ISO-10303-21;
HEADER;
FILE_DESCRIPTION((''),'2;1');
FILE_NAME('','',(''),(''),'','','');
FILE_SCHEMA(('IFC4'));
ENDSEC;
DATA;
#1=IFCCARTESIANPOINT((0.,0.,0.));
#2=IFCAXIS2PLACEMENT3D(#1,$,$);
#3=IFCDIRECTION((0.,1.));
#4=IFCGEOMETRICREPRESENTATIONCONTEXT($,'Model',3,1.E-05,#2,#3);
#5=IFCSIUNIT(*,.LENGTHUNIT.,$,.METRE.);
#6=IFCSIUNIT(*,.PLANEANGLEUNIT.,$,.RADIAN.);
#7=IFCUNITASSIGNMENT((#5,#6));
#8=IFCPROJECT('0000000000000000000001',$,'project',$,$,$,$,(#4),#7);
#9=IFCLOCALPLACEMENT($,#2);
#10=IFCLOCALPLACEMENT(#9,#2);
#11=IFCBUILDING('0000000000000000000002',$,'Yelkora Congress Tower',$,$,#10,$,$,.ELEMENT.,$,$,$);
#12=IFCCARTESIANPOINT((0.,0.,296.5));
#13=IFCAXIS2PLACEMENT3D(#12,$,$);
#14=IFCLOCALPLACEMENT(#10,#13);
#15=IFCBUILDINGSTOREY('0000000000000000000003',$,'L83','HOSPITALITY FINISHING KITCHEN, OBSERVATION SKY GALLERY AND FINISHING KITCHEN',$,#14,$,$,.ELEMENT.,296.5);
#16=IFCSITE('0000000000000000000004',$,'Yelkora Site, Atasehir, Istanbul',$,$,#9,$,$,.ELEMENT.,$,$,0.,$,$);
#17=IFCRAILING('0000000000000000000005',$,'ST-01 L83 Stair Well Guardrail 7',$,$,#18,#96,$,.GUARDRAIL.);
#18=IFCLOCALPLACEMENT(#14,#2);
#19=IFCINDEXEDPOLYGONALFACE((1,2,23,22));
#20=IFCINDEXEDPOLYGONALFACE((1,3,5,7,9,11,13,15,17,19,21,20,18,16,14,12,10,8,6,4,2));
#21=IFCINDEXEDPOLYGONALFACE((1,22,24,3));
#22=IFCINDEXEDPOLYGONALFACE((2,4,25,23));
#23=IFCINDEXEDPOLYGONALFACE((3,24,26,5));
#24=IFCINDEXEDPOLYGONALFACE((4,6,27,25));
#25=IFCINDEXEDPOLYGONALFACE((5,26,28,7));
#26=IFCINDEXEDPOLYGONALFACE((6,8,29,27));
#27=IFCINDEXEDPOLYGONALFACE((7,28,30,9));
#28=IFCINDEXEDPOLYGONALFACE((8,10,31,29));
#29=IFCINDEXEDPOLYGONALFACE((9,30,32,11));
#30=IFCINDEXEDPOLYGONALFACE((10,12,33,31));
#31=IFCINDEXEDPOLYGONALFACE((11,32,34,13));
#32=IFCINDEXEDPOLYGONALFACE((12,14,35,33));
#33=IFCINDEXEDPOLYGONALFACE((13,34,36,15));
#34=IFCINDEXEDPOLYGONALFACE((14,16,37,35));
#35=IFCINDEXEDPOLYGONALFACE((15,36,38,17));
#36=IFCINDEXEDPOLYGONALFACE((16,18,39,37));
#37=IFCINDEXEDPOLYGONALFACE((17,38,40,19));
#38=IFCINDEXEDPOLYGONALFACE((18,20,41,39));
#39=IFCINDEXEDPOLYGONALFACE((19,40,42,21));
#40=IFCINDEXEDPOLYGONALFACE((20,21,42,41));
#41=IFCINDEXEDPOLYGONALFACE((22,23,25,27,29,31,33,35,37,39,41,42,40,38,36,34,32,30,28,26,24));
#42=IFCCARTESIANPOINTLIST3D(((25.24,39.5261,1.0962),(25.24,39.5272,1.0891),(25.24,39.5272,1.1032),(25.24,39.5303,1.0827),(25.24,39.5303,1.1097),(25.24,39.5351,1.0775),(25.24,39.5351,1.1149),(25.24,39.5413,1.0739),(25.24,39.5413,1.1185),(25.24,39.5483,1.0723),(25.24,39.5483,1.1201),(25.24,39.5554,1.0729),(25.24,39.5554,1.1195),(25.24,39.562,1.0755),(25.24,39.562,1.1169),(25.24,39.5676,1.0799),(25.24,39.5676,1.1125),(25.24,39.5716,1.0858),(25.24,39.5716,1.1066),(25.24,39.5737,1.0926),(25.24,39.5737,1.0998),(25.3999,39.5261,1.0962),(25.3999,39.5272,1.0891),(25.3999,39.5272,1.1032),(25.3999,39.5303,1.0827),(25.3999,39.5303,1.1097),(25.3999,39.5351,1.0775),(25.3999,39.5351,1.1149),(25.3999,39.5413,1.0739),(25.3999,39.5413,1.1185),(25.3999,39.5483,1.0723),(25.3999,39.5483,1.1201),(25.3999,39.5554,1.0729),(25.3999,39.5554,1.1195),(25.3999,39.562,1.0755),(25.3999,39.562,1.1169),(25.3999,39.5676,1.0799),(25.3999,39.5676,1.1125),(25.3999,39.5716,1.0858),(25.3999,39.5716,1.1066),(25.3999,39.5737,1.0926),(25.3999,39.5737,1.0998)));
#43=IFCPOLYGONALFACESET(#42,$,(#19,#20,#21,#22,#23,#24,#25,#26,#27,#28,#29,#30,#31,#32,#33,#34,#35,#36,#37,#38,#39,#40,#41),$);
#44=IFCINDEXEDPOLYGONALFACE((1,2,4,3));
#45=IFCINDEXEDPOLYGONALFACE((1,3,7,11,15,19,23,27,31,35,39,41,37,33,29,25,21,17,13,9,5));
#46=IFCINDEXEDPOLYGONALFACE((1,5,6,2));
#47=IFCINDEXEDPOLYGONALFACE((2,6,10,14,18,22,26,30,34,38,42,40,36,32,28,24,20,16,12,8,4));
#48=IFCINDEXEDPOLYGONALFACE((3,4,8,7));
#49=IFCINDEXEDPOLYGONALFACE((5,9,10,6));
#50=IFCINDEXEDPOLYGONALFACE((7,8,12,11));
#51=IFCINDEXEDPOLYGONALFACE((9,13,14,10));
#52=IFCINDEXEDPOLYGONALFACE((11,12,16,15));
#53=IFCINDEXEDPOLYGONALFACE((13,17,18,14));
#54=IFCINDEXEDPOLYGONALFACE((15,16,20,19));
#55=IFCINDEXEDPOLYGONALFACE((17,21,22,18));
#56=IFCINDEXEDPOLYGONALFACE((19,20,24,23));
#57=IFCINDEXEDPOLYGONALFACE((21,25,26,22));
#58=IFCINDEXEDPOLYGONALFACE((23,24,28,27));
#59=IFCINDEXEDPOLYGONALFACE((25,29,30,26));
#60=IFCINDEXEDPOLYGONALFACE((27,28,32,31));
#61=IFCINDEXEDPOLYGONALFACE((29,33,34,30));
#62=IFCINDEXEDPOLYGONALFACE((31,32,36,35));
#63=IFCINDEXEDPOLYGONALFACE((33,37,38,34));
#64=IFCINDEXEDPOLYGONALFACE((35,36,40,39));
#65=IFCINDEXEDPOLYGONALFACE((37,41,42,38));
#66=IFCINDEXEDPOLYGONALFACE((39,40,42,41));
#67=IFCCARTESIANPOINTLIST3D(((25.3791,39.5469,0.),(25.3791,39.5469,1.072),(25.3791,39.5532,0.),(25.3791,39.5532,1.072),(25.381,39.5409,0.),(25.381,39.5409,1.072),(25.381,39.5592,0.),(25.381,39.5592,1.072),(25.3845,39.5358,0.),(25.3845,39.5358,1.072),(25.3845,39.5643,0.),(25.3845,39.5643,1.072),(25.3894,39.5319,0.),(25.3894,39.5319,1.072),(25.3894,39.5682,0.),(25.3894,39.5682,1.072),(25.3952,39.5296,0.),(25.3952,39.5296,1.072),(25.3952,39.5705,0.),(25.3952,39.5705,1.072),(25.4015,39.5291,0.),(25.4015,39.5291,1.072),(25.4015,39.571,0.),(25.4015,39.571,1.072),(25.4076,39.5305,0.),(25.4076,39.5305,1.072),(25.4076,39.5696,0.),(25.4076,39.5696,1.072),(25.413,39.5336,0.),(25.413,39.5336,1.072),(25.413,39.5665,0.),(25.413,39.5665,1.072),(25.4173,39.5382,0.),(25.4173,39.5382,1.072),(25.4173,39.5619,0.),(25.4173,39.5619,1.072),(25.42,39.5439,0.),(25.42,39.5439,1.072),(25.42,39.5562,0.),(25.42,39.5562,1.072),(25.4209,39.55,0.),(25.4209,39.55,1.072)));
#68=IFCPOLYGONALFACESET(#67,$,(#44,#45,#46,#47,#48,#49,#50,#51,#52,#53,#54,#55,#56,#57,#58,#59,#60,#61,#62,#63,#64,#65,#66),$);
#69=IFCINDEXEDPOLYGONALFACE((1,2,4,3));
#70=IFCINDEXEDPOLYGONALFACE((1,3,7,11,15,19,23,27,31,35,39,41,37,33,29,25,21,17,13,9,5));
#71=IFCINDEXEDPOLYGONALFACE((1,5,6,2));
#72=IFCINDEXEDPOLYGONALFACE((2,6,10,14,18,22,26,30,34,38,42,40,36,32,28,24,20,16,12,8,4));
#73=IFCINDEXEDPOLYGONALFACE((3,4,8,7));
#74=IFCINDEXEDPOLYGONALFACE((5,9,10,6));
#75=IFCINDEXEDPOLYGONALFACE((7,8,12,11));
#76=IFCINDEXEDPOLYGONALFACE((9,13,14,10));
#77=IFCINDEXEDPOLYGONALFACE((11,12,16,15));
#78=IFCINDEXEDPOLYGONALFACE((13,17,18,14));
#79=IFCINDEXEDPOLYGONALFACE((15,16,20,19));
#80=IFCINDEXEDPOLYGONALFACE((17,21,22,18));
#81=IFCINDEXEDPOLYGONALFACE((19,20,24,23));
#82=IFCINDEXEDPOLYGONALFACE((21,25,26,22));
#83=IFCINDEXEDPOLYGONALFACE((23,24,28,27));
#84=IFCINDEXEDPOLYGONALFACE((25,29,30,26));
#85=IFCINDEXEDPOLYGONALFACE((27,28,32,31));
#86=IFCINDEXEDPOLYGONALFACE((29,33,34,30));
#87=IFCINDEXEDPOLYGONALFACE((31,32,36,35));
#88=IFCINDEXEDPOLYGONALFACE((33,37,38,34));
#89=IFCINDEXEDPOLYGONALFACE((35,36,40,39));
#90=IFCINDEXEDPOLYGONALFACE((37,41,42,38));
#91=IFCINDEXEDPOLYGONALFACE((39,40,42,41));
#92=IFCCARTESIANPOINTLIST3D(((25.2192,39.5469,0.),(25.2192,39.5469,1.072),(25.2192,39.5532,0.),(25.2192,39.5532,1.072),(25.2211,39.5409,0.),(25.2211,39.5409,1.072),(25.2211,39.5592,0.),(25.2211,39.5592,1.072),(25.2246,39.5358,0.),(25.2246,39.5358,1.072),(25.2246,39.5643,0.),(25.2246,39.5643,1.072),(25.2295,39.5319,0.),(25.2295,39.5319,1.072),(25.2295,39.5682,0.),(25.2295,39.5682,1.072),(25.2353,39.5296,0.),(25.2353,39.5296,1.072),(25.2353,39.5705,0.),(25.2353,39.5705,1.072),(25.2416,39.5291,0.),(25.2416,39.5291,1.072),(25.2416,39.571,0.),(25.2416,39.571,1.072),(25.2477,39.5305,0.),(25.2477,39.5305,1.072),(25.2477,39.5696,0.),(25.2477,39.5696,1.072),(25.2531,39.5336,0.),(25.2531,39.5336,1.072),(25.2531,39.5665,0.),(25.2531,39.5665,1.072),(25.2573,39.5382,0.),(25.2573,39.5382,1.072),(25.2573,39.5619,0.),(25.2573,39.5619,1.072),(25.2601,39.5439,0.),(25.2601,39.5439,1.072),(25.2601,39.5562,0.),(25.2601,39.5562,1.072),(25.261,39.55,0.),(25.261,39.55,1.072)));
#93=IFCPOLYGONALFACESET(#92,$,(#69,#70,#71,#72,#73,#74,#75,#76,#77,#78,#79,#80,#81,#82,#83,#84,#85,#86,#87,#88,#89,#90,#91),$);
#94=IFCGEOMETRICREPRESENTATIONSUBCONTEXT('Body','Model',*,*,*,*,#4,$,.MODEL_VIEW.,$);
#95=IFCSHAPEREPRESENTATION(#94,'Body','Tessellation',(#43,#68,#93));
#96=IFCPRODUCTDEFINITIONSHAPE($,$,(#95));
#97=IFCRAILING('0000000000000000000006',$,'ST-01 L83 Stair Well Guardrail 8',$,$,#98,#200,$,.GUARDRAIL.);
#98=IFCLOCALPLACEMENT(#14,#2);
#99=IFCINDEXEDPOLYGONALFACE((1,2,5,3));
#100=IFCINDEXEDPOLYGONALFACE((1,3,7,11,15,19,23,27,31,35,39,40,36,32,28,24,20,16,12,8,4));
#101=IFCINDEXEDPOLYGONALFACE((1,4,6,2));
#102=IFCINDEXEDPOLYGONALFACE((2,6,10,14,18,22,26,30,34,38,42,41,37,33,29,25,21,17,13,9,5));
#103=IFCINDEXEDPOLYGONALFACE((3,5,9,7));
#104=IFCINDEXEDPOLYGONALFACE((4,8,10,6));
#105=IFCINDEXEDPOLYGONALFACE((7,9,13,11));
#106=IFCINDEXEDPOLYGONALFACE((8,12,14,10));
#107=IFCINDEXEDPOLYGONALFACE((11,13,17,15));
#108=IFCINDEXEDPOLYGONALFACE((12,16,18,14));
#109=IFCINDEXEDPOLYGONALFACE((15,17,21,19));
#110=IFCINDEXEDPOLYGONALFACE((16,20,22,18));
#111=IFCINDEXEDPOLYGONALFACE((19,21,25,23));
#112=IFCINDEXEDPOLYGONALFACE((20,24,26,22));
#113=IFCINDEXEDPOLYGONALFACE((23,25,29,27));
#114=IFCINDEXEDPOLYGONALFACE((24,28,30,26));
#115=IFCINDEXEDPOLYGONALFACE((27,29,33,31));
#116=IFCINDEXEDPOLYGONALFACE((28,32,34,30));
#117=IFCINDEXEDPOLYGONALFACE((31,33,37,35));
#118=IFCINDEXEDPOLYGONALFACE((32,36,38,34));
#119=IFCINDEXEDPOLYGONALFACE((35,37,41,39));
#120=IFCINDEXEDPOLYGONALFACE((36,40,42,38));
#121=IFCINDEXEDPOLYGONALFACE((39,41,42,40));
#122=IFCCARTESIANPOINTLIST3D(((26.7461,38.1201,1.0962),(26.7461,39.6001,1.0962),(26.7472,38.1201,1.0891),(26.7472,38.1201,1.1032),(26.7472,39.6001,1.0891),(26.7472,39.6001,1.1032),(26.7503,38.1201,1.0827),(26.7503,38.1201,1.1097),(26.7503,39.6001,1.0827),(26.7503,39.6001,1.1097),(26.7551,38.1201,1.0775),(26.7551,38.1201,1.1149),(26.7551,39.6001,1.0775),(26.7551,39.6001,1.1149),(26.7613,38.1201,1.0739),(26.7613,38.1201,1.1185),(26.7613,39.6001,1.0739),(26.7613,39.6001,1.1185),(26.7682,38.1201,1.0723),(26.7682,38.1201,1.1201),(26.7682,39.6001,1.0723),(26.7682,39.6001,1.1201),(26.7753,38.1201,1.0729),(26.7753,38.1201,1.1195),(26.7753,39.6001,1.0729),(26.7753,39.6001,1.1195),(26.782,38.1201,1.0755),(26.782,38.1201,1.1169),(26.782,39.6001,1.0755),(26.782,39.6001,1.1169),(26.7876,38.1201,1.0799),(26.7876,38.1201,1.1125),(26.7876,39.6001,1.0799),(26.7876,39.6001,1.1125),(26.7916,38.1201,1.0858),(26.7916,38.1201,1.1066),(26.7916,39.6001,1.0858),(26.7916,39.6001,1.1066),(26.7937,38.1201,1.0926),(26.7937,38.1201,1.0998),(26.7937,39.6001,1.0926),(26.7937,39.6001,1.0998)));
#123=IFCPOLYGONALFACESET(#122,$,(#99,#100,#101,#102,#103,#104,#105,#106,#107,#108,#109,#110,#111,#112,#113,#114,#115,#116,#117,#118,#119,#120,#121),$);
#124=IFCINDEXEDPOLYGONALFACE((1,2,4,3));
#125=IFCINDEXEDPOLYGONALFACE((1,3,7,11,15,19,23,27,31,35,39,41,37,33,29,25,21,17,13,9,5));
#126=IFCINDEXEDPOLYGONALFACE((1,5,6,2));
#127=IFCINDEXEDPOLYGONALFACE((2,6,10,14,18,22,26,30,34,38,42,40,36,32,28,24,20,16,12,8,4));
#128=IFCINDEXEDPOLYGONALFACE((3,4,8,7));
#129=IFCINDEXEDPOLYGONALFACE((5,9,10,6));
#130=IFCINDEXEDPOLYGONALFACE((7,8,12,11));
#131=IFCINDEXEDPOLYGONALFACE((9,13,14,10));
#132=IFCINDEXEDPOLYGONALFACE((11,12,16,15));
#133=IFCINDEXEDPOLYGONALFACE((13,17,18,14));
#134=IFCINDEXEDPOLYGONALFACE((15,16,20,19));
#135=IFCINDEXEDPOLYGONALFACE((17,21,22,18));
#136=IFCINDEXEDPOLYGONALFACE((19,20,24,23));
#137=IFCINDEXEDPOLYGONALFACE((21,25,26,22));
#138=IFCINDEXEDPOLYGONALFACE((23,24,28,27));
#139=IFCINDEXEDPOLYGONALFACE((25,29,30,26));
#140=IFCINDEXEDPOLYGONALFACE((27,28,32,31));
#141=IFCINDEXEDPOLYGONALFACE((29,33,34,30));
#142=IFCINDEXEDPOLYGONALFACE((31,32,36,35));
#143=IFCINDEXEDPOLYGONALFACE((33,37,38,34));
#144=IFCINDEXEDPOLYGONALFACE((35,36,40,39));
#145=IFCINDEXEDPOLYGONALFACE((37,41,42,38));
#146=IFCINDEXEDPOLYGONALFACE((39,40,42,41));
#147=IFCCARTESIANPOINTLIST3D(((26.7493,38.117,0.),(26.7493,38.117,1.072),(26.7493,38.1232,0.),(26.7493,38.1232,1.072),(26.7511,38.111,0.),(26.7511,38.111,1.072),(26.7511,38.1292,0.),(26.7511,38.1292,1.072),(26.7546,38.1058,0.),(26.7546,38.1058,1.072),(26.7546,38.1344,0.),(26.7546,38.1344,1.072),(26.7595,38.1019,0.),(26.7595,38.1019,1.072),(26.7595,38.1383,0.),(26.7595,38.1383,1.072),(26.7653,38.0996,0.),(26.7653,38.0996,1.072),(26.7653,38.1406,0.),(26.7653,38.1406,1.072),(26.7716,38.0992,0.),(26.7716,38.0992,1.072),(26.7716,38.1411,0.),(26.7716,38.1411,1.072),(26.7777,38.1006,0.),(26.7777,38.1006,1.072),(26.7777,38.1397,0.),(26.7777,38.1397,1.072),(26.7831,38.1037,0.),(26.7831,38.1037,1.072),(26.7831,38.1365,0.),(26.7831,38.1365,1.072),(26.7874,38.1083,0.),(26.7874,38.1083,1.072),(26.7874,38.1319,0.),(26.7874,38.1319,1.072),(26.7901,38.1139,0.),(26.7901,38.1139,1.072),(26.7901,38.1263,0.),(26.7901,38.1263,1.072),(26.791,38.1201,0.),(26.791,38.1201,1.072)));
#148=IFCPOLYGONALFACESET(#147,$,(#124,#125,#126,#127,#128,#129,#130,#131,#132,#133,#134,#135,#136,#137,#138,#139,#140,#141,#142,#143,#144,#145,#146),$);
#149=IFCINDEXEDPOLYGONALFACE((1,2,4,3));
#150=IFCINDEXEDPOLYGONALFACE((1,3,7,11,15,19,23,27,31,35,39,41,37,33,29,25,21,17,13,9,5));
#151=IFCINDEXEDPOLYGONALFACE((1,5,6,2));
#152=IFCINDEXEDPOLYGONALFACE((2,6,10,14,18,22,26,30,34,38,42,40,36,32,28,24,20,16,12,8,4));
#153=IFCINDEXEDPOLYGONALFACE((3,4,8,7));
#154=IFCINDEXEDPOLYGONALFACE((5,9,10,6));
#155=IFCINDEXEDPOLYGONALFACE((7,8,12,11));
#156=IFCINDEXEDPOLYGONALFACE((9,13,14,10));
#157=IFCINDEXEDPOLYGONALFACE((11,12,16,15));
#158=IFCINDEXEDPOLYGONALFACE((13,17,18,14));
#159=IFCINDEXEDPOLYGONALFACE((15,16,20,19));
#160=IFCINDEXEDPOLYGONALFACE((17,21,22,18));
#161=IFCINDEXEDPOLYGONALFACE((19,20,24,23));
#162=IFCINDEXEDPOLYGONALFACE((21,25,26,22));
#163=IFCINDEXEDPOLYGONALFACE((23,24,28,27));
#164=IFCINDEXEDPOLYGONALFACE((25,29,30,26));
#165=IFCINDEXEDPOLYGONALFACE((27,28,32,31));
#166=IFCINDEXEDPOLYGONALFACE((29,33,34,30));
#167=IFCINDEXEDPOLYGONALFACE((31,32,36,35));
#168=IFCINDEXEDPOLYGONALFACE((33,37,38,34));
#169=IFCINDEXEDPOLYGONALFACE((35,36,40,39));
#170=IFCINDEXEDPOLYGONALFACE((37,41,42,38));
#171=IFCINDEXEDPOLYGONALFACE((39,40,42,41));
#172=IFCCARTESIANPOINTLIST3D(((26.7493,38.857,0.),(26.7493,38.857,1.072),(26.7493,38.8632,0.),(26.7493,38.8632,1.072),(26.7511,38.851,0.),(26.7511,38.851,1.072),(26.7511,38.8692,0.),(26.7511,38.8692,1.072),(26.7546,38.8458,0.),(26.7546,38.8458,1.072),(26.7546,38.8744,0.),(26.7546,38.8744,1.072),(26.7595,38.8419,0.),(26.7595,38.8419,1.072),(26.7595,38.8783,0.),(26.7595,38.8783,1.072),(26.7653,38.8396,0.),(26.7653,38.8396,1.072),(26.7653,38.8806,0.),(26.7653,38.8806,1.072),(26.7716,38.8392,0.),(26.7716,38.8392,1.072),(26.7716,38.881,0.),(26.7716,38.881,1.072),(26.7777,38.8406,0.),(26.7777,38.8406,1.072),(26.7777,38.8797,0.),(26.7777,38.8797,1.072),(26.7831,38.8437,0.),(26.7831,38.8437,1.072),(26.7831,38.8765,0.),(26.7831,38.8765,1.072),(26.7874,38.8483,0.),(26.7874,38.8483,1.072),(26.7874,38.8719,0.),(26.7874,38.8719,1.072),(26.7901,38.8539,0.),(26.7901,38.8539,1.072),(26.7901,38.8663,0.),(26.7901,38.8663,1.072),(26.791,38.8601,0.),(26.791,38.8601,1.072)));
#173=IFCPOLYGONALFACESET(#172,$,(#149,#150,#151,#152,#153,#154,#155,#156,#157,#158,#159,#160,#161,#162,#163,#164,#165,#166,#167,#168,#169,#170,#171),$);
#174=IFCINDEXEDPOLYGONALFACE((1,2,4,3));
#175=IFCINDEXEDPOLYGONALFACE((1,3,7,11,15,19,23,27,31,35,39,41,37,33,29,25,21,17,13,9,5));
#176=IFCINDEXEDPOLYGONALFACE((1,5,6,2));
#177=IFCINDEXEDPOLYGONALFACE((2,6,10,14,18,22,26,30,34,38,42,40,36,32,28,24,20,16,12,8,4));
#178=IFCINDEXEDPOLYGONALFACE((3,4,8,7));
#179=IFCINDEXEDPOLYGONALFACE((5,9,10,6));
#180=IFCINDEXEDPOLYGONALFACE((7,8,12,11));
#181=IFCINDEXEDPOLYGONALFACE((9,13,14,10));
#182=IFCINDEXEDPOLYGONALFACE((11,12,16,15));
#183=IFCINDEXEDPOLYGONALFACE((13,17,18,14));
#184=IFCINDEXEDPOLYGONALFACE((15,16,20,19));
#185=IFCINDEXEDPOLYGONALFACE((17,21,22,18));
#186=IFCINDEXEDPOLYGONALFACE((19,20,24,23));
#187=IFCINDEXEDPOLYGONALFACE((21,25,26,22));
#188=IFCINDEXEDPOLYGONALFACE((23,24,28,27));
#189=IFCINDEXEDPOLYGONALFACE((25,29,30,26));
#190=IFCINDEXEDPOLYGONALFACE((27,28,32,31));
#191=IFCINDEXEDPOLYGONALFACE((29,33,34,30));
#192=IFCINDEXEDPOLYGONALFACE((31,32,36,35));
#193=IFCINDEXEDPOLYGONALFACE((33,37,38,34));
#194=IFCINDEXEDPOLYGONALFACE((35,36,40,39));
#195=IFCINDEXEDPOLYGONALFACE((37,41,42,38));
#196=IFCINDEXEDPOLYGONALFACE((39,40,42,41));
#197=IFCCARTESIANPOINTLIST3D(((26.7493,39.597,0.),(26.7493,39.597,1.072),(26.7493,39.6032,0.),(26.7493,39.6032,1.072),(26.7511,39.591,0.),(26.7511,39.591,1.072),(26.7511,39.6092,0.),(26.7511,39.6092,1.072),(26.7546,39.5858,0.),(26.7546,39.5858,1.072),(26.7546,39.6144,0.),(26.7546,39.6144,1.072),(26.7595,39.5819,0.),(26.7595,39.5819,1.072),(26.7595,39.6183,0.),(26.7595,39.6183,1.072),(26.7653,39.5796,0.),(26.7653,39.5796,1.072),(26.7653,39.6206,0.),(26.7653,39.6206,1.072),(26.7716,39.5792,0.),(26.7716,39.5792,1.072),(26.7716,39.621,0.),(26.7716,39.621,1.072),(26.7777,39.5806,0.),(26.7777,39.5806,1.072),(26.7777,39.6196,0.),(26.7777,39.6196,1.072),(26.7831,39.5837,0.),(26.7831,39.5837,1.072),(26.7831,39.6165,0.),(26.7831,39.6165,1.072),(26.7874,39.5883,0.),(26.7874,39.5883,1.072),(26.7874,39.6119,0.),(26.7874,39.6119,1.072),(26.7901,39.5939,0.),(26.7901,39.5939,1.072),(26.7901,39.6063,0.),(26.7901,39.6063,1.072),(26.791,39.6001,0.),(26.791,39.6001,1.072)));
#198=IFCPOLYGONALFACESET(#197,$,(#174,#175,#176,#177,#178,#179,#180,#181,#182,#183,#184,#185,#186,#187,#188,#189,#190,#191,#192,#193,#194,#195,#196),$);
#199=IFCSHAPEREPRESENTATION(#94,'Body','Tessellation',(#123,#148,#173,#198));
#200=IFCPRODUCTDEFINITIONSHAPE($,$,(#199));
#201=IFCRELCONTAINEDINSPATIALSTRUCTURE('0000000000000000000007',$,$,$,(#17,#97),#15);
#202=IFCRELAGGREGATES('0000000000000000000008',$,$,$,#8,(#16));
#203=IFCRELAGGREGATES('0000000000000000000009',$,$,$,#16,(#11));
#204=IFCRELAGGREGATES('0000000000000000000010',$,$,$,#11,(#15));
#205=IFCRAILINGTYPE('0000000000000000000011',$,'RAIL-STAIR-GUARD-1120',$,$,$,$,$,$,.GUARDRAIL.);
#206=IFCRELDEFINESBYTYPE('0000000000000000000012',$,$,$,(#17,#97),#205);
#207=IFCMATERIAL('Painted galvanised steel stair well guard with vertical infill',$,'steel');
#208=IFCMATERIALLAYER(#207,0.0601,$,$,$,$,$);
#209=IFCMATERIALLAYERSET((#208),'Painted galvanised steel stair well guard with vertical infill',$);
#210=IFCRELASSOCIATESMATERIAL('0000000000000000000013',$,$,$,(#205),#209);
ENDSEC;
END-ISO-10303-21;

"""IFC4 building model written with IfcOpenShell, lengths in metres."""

from ifc_helpers import new_model, si_unit, direction, frame, origin, origin_2d, place, context, subcontext, project, spatial, circle, extrude, material, layer, layer_set, type_object, element, save


model = new_model("IFC4")

# Units and contexts
model_context = context("Model", 3, precision=1e-05, world=origin(), true_north=direction((0.0, 1.0)))
body_context = subcontext(model_context, "Body", "Model", "MODEL_VIEW")
ifc_project = project(units=[si_unit("LENGTHUNIT", "METRE"), si_unit("PLANEANGLEUNIT", "RADIAN")], contexts=[model_context])

# Site, building, storey
site_placement = place(None, origin())
site = spatial("IfcSite", under=ifc_project, at=site_placement, Name="Yelkora Site, Atasehir, Istanbul", CompositionType="ELEMENT", RefElevation=0.0)
building_placement = place(site_placement, origin())
building = spatial("IfcBuilding", under=site, at=building_placement, Name="Yelkora Congress Tower", CompositionType="ELEMENT")
storey_placement = place(building_placement, frame((0.0, 0.0, 296.5)))
storey = spatial("IfcBuildingStorey", under=building, at=storey_placement, Name="L83", Description="HOSPITALITY FINISHING KITCHEN, OBSERVATION SKY GALLERY AND FINISHING KITCHEN", CompositionType="ELEMENT", Elevation=296.5)

# Railings
ifc_material_1 = material(Name="Painted galvanised steel stair well guard with vertical infill", Category="steel")
ifc_layer_1 = layer(ifc_material_1, 0.0601)
ifc_layer_set_1 = layer_set([ifc_layer_1], Name="Painted galvanised steel stair well guard with vertical infill")
railing_type_1 = type_object("IfcRailingType", Name="RAIL-STAIR-GUARD-1120", PredefinedType="GUARDRAIL", material=ifc_layer_set_1)
railing_1_placement = place(storey_placement, frame((25.3999, 39.55, 0.0)))
element("IfcRailing", 1, at=railing_1_placement, inside=storey, type_object=railing_type_1, Name="ST-01 L83 Stair Well Guardrail 7", PredefinedType="GUARDRAIL", context=body_context, shape_type="SweptSolid", body=[
    extrude(circle(Radius=0.0239, at=origin_2d()), frame((0.0, 0.0, 1.0962), z_axis=(-1.0, 0.0, 0.0), x_axis=(0.0, -1.0, 0.0)), (0.0, 0.0, 1.0), 0.1599),
    extrude(circle(Radius=0.021, at=origin_2d()), origin(), (0.0, 0.0, 1.0), 1.072),
    extrude(circle(Radius=0.021, at=origin_2d()), frame((-0.1599, 0.0, 0.0)), (0.0, 0.0, 1.0), 1.072),
])
for number, where, name in (
    (2, (26.77, 38.1201, 0.0), "ST-01 L83 Stair Well Guardrail 8"),
):
    element("IfcRailing", number, at=place(storey_placement, frame(where)), inside=storey, type_object=railing_type_1, Name=name, PredefinedType="GUARDRAIL", context=body_context, shape_type="SweptSolid", body=[
        extrude(circle(Radius=0.0239, at=origin_2d()), frame((0.0, 0.0, 1.0962), z_axis=(0.0, 1.0, 0.0), x_axis=(-1.0, 0.0, 0.0)), (0.0, 0.0, 1.0), 1.48),
        extrude(circle(Radius=0.021, at=origin_2d()), origin(), (0.0, 0.0, 1.0), 1.072),
        extrude(circle(Radius=0.021, at=origin_2d()), frame((0.0, 0.74, 0.0)), (0.0, 0.0, 1.0), 1.072),
        extrude(circle(Radius=0.021, at=origin_2d()), frame((0.0, 1.48, 0.0)), (0.0, 0.0, 1.0), 1.072),
    ])

save(model, "model.ifc")
